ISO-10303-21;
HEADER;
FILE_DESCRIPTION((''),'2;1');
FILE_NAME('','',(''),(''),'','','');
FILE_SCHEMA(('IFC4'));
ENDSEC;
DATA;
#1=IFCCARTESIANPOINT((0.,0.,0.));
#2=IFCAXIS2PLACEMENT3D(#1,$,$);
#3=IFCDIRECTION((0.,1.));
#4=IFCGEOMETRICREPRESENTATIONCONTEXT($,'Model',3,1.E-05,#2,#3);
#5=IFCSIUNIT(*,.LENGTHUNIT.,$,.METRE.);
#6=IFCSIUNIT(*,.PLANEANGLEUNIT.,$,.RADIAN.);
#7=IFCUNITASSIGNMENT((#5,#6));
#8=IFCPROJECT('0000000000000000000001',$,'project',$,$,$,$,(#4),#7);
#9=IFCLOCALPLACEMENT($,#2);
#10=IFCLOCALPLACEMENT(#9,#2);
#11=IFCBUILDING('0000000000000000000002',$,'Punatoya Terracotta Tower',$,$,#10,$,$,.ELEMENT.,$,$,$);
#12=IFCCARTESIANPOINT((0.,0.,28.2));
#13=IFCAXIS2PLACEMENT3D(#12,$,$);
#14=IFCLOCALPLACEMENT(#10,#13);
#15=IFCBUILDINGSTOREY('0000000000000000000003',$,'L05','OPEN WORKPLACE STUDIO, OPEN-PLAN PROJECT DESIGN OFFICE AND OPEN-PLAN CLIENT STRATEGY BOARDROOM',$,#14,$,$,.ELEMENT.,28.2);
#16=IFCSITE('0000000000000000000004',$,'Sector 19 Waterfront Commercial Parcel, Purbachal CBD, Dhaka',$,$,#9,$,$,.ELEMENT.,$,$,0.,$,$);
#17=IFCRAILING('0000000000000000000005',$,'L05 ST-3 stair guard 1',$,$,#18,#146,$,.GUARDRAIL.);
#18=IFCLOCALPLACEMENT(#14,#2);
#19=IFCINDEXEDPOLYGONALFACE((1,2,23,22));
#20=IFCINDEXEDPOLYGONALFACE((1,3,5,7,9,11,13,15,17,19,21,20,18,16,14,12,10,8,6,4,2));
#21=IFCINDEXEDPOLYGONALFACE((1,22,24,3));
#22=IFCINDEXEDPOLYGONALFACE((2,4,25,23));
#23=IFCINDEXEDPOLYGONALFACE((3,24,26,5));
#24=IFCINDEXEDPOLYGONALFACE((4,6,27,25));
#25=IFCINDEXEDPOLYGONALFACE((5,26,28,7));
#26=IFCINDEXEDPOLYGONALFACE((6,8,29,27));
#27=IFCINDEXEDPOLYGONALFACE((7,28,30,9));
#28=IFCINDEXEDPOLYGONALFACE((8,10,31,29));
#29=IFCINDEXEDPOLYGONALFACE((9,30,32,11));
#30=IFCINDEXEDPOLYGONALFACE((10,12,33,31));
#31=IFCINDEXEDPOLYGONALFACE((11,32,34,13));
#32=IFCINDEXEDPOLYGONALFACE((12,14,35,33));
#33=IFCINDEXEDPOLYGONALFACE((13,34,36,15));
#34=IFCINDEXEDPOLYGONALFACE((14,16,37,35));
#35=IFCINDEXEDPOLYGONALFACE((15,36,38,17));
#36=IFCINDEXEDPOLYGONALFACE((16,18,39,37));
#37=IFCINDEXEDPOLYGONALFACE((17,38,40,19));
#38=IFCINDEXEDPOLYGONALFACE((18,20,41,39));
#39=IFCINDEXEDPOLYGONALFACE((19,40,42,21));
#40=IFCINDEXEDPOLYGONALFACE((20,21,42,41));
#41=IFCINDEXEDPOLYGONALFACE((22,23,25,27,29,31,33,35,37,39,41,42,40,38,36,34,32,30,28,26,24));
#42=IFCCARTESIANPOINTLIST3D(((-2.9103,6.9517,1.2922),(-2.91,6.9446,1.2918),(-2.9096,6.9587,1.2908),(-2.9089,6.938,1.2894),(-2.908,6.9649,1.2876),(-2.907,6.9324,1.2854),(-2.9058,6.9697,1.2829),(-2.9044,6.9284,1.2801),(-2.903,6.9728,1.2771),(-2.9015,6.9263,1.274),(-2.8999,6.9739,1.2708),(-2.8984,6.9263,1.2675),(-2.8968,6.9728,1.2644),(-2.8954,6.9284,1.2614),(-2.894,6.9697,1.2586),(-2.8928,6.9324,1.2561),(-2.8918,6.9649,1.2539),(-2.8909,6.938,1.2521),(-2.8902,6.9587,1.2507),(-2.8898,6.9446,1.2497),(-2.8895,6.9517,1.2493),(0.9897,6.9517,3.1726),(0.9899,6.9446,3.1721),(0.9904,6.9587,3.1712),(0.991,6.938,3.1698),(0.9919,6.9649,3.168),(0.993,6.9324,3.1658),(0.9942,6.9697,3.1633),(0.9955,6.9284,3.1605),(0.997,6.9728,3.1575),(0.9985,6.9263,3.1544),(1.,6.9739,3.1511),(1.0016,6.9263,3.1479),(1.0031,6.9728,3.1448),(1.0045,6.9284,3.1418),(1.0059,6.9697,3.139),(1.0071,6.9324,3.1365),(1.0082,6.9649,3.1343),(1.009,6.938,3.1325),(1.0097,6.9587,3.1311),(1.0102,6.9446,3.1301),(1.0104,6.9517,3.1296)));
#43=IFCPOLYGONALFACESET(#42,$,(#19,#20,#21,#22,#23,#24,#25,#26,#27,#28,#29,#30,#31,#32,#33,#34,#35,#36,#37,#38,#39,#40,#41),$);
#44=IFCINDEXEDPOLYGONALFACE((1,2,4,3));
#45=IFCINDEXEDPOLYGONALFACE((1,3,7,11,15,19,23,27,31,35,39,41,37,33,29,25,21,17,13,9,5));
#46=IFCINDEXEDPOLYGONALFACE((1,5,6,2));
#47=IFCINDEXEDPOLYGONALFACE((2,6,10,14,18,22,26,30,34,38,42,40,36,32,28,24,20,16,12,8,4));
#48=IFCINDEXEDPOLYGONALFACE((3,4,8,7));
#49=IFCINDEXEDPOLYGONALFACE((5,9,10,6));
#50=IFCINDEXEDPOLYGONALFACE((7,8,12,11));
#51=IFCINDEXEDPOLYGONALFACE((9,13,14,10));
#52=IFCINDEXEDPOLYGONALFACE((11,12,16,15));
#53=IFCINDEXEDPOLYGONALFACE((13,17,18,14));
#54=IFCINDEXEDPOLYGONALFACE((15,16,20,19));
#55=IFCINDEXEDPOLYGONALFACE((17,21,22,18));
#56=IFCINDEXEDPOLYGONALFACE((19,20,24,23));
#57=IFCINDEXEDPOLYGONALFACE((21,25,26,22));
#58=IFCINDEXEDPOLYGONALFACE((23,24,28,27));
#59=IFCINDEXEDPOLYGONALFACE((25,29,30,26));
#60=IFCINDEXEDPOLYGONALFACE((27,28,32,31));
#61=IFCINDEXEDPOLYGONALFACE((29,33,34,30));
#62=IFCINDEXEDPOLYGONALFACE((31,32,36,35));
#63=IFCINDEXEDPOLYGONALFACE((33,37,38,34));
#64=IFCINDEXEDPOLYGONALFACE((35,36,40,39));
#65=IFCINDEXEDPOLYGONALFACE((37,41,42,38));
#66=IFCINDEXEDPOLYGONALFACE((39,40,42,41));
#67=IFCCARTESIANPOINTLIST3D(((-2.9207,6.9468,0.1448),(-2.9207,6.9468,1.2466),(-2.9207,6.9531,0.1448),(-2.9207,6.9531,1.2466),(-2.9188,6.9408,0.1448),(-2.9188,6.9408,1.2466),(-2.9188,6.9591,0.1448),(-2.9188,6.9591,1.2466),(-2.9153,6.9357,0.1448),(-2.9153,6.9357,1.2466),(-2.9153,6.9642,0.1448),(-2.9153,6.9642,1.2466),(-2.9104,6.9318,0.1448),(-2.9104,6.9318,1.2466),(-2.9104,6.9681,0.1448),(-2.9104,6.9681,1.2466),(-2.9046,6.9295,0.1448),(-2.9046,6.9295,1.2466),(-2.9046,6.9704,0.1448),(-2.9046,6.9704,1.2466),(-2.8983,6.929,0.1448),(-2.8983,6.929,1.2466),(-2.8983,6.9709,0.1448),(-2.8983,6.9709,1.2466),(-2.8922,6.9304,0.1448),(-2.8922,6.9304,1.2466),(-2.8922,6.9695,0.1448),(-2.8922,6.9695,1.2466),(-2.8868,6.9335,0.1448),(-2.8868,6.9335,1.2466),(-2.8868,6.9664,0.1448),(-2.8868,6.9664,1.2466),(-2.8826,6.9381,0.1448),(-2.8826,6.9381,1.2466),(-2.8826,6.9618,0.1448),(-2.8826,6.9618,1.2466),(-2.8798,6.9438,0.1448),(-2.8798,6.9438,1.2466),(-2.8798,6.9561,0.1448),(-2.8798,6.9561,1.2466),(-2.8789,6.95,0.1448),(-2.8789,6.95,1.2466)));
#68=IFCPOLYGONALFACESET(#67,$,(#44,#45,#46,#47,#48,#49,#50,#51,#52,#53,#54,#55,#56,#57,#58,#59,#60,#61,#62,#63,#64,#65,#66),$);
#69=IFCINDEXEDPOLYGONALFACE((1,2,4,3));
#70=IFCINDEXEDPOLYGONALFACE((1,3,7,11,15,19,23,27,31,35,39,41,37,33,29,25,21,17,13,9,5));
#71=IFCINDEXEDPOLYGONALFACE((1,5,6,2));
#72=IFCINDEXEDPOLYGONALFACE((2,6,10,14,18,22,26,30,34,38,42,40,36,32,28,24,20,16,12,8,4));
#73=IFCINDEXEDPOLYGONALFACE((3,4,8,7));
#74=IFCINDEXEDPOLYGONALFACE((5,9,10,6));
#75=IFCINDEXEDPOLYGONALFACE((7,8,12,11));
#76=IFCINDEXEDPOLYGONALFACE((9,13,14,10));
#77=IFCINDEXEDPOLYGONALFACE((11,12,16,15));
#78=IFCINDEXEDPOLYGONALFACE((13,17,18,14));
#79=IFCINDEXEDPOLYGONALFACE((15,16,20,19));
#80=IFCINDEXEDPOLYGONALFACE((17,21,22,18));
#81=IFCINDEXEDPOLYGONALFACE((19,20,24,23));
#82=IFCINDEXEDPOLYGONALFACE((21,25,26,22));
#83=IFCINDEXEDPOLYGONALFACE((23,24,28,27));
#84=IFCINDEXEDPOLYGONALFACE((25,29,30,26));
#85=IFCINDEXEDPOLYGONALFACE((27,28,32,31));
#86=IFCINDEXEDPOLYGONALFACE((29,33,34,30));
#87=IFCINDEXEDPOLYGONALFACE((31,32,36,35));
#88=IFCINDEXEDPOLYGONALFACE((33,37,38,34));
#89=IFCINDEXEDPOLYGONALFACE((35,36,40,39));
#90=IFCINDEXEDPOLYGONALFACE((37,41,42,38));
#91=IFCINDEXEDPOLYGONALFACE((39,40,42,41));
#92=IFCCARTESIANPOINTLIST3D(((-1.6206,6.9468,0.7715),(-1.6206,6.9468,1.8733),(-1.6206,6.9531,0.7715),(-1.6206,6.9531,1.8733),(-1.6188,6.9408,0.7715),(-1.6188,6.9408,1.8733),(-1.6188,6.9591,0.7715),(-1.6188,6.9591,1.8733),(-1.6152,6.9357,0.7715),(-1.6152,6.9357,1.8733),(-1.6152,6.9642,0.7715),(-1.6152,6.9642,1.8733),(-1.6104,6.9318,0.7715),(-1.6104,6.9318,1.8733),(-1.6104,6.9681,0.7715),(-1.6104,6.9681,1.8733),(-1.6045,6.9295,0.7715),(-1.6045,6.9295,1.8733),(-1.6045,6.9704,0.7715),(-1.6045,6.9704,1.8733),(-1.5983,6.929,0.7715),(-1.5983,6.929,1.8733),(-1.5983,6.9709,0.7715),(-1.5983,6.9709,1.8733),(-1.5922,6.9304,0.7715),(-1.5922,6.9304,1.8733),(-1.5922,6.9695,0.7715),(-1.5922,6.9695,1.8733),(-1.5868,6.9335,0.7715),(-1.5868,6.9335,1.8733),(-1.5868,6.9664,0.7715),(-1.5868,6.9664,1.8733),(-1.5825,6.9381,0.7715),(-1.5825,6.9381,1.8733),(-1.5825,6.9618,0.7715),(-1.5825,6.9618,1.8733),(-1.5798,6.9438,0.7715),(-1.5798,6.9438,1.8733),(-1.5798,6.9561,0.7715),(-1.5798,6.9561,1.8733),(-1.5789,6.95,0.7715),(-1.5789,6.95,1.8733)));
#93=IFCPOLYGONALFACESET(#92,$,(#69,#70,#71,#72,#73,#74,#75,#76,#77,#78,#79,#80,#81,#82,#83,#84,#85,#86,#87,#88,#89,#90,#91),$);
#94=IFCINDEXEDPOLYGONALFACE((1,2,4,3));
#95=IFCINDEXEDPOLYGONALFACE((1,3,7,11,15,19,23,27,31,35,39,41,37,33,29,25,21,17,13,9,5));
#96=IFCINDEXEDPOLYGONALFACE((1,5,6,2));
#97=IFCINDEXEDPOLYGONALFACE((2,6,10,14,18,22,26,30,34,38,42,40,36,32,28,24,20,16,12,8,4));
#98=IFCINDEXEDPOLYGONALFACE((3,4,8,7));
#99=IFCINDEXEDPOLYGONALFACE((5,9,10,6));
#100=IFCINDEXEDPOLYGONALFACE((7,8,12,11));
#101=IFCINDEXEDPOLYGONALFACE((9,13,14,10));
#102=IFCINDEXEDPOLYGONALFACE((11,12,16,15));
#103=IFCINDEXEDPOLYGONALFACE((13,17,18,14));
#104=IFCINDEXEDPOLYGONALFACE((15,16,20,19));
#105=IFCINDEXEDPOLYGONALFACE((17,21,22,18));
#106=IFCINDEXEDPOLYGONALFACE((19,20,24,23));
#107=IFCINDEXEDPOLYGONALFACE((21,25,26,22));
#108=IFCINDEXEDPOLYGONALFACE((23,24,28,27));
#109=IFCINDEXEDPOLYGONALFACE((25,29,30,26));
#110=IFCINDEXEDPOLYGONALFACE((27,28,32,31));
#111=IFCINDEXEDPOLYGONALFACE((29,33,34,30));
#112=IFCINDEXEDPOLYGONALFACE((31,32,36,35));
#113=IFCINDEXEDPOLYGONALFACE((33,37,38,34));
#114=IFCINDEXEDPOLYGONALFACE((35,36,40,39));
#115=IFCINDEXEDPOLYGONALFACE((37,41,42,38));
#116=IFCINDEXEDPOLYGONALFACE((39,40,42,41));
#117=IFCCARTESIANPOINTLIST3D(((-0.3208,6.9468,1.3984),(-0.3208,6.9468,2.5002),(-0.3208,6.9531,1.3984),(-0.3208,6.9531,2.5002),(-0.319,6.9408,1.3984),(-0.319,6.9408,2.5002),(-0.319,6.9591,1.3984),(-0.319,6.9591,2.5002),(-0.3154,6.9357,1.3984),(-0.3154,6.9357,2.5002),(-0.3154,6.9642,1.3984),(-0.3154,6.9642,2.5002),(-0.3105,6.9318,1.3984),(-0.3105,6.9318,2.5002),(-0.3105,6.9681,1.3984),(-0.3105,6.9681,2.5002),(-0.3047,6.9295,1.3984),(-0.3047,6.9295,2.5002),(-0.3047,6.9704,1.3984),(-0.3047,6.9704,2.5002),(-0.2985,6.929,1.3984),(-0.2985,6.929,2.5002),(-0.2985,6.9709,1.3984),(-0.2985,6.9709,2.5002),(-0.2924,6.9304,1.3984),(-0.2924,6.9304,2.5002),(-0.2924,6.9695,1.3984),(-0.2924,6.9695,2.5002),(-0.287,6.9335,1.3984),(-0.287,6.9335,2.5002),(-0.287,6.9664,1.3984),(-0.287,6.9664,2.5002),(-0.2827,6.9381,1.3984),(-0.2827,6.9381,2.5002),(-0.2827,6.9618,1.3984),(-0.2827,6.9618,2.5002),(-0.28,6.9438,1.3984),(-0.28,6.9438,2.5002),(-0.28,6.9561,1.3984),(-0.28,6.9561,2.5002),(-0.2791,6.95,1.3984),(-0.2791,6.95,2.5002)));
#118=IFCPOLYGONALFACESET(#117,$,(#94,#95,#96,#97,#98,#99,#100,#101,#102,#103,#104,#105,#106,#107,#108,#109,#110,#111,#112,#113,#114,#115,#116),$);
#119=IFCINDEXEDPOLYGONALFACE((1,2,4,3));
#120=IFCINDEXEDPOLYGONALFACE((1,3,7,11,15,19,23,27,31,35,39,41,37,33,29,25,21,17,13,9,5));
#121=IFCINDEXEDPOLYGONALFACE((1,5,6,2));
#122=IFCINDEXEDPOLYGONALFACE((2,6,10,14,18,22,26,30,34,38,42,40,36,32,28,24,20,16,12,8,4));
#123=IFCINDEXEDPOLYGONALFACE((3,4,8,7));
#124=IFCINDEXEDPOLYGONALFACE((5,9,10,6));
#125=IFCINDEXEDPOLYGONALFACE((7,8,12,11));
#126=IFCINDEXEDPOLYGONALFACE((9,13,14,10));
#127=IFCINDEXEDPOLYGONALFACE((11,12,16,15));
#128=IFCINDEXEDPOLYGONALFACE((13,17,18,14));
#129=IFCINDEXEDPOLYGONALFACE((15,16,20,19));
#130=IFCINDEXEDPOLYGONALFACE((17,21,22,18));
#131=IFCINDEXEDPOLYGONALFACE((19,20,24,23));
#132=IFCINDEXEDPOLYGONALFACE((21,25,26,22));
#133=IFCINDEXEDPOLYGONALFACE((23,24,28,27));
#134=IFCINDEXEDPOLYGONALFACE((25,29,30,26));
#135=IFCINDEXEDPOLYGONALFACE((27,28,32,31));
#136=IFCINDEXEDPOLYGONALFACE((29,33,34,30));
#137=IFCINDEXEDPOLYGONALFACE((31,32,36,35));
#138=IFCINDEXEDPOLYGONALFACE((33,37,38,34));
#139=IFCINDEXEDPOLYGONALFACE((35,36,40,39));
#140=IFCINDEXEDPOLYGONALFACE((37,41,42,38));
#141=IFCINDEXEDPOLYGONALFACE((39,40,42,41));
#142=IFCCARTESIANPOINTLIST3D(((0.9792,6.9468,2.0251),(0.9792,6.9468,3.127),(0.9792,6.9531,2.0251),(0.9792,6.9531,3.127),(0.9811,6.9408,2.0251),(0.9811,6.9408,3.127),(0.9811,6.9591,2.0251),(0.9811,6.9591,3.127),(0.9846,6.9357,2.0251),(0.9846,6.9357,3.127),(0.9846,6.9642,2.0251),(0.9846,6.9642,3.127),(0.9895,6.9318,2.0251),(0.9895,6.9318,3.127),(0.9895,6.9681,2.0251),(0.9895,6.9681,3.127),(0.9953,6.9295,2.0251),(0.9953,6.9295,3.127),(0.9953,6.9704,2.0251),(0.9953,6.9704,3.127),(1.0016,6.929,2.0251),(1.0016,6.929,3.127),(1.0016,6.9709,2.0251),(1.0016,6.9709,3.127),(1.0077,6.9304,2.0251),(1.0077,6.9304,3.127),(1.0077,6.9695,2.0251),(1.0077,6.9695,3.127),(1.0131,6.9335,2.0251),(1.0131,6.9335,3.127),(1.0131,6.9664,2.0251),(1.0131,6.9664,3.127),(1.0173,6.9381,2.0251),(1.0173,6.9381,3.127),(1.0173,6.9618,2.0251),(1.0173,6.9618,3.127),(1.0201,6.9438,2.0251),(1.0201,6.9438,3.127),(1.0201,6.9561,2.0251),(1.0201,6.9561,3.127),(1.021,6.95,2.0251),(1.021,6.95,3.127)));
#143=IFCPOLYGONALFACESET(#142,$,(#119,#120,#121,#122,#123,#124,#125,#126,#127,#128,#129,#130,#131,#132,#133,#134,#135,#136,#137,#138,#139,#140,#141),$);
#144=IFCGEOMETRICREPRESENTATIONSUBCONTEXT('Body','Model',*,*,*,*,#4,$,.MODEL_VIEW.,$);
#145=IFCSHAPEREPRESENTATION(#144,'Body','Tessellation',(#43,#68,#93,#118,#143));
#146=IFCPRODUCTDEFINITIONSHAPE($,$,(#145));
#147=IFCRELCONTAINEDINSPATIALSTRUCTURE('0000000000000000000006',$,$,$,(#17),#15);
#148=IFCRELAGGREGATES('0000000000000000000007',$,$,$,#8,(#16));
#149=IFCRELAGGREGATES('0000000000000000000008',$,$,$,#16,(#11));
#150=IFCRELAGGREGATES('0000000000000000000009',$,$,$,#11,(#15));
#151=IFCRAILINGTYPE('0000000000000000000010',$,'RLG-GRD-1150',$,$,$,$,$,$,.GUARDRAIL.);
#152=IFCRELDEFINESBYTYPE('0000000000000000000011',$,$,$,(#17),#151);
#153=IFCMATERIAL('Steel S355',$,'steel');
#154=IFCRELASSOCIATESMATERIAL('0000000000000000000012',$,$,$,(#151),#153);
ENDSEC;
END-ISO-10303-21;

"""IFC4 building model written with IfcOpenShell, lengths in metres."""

from ifc_helpers import new_model, si_unit, direction, frame, origin, origin_2d, place, context, subcontext, project, spatial, circle, extrude, material, type_object, element, save


model = new_model("IFC4")

# Units and contexts
model_context = context("Model", 3, precision=1e-05, world=origin(), true_north=direction((0.0, 1.0)))
body_context = subcontext(model_context, "Body", "Model", "MODEL_VIEW")
ifc_project = project(units=[si_unit("LENGTHUNIT", "METRE"), si_unit("PLANEANGLEUNIT", "RADIAN")], contexts=[model_context])

# Site, building, storey
site_placement = place(None, origin())
site = spatial("IfcSite", under=ifc_project, at=site_placement, Name="Sector 19 Waterfront Commercial Parcel, Purbachal CBD, Dhaka", CompositionType="ELEMENT", RefElevation=0.0)
building_placement = place(site_placement, origin())
building = spatial("IfcBuilding", under=site, at=building_placement, Name="Punatoya Terracotta Tower", CompositionType="ELEMENT")
storey_placement = place(building_placement, frame((0.0, 0.0, 28.2)))
storey = spatial("IfcBuildingStorey", under=building, at=storey_placement, Name="L05", Description="OPEN WORKPLACE STUDIO, OPEN-PLAN PROJECT DESIGN OFFICE AND OPEN-PLAN CLIENT STRATEGY BOARDROOM", CompositionType="ELEMENT", Elevation=28.2)

# Shared definitions
ifc_material_1 = material(Name="Steel S355", Category="steel")

# Railing
railing_type_1 = type_object("IfcRailingType", Name="RLG-GRD-1150", PredefinedType="GUARDRAIL", material=ifc_material_1)
railing_1_placement = place(storey_placement, frame((-2.8999, 6.95, 0.1448)))
element("IfcRailing", 1, at=railing_1_placement, inside=storey, type_object=railing_type_1, Name="L05 ST-3 stair guard 1", PredefinedType="GUARDRAIL", context=body_context, shape_type="SweptSolid", body=[
    extrude(circle(Radius=0.0239, at=origin_2d()), frame((0.0, 0.0, 1.126), z_axis=(0.900763, 0.0, 0.434311), x_axis=(0.0, 1.0, 0.0)), (0.0, 0.0, 1.0), 4.3296),
    extrude(circle(Radius=0.021, at=origin_2d()), origin(), (0.0, 0.0, 1.0), 1.1018),
    extrude(circle(Radius=0.021, at=origin_2d()), frame((1.3, 0.0, 0.6267)), (0.0, 0.0, 1.0), 1.1018),
    extrude(circle(Radius=0.021, at=origin_2d()), frame((2.5999, 0.0, 1.2537)), (0.0, 0.0, 1.0), 1.1018),
    extrude(circle(Radius=0.021, at=origin_2d()), frame((3.8999, 0.0, 1.8804)), (0.0, 0.0, 1.0), 1.1018),
])

save(model, "model.ifc")
